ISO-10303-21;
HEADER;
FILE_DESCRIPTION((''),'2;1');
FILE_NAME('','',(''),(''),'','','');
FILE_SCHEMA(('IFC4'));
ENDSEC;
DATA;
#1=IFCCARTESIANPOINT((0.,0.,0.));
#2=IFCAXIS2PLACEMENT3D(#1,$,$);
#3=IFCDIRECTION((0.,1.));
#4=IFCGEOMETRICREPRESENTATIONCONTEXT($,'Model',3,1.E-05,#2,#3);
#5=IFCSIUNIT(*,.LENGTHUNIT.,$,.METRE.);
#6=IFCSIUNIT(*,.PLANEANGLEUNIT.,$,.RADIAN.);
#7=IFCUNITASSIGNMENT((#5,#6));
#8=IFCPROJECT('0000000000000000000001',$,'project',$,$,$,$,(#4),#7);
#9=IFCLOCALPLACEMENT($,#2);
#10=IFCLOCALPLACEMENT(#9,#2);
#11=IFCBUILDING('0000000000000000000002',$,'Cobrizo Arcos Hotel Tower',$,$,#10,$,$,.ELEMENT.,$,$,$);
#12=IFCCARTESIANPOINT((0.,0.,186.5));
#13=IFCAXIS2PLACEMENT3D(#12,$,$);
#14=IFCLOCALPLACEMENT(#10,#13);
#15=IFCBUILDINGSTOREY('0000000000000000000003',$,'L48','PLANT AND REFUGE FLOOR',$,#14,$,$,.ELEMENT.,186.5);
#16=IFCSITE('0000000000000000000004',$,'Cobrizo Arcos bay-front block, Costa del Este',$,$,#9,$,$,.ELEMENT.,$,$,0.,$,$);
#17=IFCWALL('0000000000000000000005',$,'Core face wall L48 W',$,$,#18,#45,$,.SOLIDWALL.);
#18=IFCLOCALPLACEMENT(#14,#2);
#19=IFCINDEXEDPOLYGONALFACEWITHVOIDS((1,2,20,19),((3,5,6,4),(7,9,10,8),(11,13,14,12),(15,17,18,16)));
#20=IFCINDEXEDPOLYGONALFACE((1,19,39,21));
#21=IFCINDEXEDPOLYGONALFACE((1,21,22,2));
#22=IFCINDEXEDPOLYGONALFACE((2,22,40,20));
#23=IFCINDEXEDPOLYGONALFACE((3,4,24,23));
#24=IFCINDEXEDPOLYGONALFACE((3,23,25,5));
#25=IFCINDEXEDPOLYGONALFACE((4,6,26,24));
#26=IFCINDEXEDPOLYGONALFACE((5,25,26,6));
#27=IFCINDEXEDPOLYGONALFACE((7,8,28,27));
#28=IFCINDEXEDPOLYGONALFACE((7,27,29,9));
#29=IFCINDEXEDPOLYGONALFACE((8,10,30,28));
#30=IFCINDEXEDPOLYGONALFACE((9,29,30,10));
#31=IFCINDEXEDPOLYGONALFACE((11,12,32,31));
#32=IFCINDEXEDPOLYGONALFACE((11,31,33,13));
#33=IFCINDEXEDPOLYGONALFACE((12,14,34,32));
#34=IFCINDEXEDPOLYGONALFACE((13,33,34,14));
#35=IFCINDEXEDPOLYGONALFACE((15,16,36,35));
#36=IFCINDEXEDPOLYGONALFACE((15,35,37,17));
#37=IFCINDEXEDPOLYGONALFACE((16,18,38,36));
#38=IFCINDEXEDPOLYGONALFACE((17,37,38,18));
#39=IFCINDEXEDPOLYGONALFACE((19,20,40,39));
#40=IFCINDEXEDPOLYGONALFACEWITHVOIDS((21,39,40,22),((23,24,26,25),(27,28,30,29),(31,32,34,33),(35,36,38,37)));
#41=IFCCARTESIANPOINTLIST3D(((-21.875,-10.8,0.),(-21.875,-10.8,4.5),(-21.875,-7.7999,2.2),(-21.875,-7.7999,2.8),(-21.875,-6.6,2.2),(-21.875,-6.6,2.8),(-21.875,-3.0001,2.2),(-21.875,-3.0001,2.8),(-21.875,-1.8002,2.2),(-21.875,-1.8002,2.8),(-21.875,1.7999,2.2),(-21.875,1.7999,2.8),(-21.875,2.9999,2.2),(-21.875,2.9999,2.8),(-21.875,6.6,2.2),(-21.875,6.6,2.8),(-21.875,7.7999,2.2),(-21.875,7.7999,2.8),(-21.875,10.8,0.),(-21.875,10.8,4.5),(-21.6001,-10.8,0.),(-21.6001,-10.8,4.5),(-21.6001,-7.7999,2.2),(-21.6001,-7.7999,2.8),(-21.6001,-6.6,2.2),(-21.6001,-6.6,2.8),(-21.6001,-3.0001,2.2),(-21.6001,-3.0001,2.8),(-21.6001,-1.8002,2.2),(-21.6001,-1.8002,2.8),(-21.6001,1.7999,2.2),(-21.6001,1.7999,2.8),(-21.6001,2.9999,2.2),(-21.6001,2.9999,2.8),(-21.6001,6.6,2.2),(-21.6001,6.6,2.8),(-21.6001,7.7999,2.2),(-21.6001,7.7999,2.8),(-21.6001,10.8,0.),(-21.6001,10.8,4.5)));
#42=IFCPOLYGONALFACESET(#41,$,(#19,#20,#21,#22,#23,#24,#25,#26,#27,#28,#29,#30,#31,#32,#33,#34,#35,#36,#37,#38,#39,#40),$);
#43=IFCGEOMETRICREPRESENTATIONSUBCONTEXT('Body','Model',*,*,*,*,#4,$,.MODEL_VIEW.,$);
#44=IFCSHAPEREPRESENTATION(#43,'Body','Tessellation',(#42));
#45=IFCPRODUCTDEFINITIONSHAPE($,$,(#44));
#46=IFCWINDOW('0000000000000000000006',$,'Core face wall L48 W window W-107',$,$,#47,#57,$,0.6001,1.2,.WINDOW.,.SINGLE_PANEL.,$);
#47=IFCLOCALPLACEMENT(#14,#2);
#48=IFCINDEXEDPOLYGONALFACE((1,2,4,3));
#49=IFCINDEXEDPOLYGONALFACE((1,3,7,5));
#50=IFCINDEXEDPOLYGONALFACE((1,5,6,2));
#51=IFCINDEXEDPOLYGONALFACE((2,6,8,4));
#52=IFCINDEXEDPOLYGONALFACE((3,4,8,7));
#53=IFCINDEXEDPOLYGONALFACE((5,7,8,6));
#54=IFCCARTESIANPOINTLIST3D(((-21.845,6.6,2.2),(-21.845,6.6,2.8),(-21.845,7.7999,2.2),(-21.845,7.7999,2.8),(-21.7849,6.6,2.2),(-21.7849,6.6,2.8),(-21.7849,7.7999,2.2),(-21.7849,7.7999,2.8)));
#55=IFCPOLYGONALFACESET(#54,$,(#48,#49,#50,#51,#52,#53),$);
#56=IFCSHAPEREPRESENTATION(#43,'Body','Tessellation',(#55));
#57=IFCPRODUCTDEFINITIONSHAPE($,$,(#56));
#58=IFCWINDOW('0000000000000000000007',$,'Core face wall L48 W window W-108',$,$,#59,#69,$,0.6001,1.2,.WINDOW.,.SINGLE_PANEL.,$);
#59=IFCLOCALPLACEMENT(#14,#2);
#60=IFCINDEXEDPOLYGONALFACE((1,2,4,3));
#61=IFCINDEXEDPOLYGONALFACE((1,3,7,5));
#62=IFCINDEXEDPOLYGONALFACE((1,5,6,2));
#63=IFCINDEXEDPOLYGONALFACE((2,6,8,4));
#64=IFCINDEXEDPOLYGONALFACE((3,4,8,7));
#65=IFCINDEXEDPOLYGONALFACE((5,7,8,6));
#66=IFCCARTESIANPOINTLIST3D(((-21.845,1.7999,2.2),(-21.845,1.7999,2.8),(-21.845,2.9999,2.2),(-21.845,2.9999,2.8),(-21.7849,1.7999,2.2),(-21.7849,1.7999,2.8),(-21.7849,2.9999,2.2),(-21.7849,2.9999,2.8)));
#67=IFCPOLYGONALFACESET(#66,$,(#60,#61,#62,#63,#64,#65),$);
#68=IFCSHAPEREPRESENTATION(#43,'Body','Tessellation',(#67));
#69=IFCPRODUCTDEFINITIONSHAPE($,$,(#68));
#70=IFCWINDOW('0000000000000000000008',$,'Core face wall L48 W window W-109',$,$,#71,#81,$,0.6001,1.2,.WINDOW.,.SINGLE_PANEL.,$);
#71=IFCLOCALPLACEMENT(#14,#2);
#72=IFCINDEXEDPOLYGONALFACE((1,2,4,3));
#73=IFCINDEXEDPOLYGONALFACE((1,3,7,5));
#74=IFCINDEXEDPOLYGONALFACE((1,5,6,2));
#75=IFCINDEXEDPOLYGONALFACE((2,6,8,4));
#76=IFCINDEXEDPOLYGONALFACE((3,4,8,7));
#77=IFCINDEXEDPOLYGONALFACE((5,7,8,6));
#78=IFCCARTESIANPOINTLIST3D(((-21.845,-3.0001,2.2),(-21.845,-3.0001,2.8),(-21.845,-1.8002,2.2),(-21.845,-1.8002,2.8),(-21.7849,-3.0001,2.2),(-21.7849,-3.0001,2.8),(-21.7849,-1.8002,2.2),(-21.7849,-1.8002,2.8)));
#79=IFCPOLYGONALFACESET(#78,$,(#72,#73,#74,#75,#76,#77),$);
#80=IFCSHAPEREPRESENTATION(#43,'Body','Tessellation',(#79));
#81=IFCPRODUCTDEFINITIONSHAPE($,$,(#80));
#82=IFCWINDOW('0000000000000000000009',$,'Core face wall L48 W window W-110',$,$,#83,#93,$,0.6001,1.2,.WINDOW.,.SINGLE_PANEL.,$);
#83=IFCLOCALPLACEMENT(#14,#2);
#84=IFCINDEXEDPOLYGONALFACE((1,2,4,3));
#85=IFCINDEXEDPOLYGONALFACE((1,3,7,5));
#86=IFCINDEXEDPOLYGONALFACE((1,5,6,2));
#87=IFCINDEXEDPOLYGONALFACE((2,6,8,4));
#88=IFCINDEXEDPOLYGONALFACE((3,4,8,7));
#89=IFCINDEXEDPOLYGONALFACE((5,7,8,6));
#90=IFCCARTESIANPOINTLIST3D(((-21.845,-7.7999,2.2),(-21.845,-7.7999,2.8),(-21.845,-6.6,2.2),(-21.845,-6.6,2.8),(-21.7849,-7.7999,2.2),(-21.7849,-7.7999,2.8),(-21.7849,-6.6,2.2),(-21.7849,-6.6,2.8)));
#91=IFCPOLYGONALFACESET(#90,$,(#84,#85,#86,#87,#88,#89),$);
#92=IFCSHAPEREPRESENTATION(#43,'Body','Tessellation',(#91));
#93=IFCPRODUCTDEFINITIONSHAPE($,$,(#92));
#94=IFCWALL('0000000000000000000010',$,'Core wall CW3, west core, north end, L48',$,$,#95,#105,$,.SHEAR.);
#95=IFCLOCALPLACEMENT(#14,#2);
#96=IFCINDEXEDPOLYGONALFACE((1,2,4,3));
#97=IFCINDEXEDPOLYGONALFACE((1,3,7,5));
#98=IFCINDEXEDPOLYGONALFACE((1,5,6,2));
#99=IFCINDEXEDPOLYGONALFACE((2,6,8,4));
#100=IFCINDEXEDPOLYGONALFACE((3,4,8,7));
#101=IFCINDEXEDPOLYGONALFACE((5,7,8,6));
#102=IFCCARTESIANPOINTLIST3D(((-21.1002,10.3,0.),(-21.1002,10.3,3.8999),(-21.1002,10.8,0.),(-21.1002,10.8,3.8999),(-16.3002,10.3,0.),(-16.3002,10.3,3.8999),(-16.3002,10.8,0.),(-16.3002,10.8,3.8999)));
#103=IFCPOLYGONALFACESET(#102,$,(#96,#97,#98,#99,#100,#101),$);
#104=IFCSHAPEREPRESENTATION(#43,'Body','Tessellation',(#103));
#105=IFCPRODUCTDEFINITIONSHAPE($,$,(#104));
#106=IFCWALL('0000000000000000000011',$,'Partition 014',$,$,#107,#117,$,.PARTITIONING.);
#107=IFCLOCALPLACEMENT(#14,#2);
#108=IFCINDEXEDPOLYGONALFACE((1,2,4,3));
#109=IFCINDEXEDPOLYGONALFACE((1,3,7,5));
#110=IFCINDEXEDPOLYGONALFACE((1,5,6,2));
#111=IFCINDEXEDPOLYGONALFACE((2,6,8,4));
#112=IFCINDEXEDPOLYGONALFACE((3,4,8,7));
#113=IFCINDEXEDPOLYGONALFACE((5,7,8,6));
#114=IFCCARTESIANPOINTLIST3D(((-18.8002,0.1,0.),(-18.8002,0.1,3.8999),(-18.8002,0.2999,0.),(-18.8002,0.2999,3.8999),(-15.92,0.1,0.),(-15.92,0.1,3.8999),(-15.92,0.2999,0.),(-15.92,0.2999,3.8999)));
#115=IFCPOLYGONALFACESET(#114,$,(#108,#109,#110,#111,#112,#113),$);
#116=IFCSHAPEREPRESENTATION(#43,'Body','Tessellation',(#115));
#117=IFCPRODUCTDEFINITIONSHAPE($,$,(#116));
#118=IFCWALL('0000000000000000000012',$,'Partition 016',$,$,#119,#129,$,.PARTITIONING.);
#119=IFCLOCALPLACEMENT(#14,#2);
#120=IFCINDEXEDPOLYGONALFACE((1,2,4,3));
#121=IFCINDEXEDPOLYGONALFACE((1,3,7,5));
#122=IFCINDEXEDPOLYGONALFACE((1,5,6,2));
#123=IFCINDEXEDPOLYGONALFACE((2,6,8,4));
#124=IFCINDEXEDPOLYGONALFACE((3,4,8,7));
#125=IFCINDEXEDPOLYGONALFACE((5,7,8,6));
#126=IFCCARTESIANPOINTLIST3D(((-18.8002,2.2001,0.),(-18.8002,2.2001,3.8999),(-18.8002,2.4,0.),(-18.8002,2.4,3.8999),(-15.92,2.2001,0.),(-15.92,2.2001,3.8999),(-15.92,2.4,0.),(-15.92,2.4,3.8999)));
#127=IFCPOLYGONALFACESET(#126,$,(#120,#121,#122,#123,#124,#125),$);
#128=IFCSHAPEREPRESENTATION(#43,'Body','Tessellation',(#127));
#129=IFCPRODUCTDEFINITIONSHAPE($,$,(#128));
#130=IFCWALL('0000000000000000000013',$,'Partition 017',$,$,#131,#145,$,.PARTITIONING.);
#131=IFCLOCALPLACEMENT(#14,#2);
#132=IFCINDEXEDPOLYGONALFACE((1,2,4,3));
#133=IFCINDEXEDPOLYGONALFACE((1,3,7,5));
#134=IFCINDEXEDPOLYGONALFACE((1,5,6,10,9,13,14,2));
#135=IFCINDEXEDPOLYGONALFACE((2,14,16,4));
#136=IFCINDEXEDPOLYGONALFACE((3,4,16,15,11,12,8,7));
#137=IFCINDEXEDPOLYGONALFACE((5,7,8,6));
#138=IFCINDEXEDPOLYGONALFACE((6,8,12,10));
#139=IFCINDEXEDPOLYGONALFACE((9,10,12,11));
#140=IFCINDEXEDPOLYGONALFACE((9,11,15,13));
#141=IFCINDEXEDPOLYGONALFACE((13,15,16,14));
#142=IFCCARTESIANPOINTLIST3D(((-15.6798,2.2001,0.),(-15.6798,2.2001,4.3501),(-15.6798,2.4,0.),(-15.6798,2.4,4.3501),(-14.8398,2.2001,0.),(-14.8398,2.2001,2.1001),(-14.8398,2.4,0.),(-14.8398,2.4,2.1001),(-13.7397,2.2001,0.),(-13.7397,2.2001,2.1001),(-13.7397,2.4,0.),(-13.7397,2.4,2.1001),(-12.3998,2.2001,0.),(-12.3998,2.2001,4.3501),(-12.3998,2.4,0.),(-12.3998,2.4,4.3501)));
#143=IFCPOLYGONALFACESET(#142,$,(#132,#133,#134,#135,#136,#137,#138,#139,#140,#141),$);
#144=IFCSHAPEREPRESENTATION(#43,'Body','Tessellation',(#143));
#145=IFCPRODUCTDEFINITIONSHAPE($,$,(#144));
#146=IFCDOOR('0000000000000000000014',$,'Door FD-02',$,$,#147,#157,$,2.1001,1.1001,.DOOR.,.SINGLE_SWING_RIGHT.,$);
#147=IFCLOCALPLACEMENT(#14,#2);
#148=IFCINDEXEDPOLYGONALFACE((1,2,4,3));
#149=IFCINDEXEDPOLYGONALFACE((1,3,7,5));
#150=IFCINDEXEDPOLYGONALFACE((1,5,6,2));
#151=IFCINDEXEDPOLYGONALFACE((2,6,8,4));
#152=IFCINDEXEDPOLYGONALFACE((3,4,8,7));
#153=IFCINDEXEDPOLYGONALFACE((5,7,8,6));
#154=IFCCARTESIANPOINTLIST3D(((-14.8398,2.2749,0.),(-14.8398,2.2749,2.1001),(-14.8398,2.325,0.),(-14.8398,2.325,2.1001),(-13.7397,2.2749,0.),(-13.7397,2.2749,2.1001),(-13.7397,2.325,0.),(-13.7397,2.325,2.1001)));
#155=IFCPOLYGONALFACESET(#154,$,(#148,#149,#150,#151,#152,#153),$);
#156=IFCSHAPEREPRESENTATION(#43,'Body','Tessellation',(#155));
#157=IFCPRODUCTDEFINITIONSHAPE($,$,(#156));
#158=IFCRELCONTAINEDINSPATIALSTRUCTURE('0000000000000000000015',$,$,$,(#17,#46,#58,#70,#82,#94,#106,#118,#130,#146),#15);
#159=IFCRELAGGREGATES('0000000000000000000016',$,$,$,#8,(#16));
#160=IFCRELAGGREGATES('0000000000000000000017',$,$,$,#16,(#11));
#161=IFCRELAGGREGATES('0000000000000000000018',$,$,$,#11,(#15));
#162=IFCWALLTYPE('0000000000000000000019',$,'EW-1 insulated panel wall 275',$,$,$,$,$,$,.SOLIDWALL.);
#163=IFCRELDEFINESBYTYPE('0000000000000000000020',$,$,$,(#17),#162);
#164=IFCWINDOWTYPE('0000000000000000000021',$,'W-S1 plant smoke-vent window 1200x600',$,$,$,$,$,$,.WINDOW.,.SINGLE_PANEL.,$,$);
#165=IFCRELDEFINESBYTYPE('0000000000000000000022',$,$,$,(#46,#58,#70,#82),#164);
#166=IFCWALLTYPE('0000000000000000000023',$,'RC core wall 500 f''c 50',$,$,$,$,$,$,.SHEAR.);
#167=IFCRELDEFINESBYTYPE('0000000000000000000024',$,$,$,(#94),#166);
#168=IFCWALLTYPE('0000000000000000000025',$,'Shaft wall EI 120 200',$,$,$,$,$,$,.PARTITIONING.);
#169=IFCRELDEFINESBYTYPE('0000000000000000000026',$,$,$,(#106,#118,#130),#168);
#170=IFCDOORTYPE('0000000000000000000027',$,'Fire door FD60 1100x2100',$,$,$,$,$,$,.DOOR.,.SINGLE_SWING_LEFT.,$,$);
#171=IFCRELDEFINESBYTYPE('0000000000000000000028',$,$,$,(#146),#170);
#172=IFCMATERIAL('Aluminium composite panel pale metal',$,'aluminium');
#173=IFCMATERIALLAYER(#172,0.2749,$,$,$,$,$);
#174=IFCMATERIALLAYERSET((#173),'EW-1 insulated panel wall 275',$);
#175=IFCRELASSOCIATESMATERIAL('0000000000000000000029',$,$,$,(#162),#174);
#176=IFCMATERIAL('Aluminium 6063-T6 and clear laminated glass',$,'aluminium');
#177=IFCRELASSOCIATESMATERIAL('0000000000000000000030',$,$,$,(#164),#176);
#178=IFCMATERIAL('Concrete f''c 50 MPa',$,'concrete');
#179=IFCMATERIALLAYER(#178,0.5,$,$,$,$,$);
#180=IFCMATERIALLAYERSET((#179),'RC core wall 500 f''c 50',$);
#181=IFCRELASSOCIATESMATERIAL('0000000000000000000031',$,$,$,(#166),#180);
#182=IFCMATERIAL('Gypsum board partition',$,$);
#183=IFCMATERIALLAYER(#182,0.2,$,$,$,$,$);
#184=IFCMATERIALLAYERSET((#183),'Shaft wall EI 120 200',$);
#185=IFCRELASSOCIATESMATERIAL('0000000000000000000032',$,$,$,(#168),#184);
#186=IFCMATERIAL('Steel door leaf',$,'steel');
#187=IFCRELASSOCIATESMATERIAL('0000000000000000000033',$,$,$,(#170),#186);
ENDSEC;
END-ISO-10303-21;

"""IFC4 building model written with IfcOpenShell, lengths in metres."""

from ifc_helpers import new_model, si_unit, direction, frame, frame_2d, origin, place, context, subcontext, project, spatial, rectangle, extrude, material, layer, layer_set, type_object, element, fill, save


model = new_model("IFC4")

# Units and contexts
model_context = context("Model", 3, precision=1e-05, world=origin(), true_north=direction((0.0, 1.0)))
body_context = subcontext(model_context, "Body", "Model", "MODEL_VIEW")
ifc_project = project(units=[si_unit("LENGTHUNIT", "METRE"), si_unit("PLANEANGLEUNIT", "RADIAN")], contexts=[model_context])

# Site, building, storey
site_placement = place(None, origin())
site = spatial("IfcSite", under=ifc_project, at=site_placement, Name="Cobrizo Arcos bay-front block, Costa del Este", CompositionType="ELEMENT", RefElevation=0.0)
building_placement = place(site_placement, origin())
building = spatial("IfcBuilding", under=site, at=building_placement, Name="Cobrizo Arcos Hotel Tower", CompositionType="ELEMENT")
storey_placement = place(building_placement, frame((0.0, 0.0, 186.5)))
storey = spatial("IfcBuildingStorey", under=building, at=storey_placement, Name="L48", Description="PLANT AND REFUGE FLOOR", CompositionType="ELEMENT", Elevation=186.5)

# Wall, openings, windows
ifc_material_1 = material(Name="Aluminium composite panel pale metal", Category="aluminium")
ifc_layer_1 = layer(ifc_material_1, 0.2749)
ifc_layer_set_1 = layer_set([ifc_layer_1], Name="EW-1 insulated panel wall 275")
wall_type_1 = type_object("IfcWallType", Name="EW-1 insulated panel wall 275", PredefinedType="SOLIDWALL", material=ifc_layer_set_1)
wall_1_placement = place(storey_placement, frame((-21.7375, 10.8, 0.0), z_axis=(0.0, 0.0, 1.0), x_axis=(0.0, -1.0, 0.0)))
wall_1 = element("IfcWall", 1, at=wall_1_placement, inside=storey, type_object=wall_type_1, Name="Core face wall L48 W", PredefinedType="SOLIDWALL", context=body_context, shape_type="SweptSolid", body=[
    extrude(rectangle(XDim=21.6001, YDim=0.2749, at=frame_2d((10.8, 0.0))), origin(), (0.0, 0.0, 1.0), 4.5),
])
opening_1_placement = place(wall_1_placement, frame((3.0, 0.0, 2.2)))
opening_1 = element("IfcOpeningElement", 2, at=opening_1_placement, cuts=wall_1, PredefinedType="OPENING", context=body_context, shape_type="SweptSolid", body=[
    extrude(rectangle(XDim=1.2, YDim=0.6001, at=frame_2d((0.6001, 0.3))), frame((0.0, 0.1494, 0.0), z_axis=(0.0, -1.0, 0.0), x_axis=(1.0, 0.0, 0.0)), (0.0, 0.0, 1.0), 0.2988),
])
opening_2_placement = place(wall_1_placement, frame((7.8, 0.0, 2.2)))
opening_2 = element("IfcOpeningElement", 3, at=opening_2_placement, cuts=wall_1, PredefinedType="OPENING", context=body_context, shape_type="SweptSolid", body=[
    extrude(rectangle(XDim=1.2, YDim=0.6001, at=frame_2d((0.6001, 0.3))), frame((0.0, 0.1494, 0.0), z_axis=(0.0, -1.0, 0.0), x_axis=(1.0, 0.0, 0.0)), (0.0, 0.0, 1.0), 0.2988),
])
opening_3_placement = place(wall_1_placement, frame((12.6001, 0.0, 2.2)))
opening_3 = element("IfcOpeningElement", 4, at=opening_3_placement, cuts=wall_1, PredefinedType="OPENING", context=body_context, shape_type="SweptSolid", body=[
    extrude(rectangle(XDim=1.2, YDim=0.6001, at=frame_2d((0.6001, 0.3))), frame((0.0, 0.1494, 0.0), z_axis=(0.0, -1.0, 0.0), x_axis=(1.0, 0.0, 0.0)), (0.0, 0.0, 1.0), 0.2988),
])
opening_4_placement = place(wall_1_placement, frame((17.3999, 0.0, 2.2)))
opening_4 = element("IfcOpeningElement", 5, at=opening_4_placement, cuts=wall_1, PredefinedType="OPENING", context=body_context, shape_type="SweptSolid", body=[
    extrude(rectangle(XDim=1.2, YDim=0.6001, at=frame_2d((0.6001, 0.3))), frame((0.0, 0.1494, 0.0), z_axis=(0.0, -1.0, 0.0), x_axis=(1.0, 0.0, 0.0)), (0.0, 0.0, 1.0), 0.2988),
])
ifc_material_2 = material(Name="Aluminium 6063-T6 and clear laminated glass", Category="aluminium")
window_type = type_object("IfcWindowType", Name="W-S1 plant smoke-vent window 1200x600", PartitioningType="SINGLE_PANEL", PredefinedType="WINDOW", material=ifc_material_2)
window_1_placement = place(opening_1_placement, origin())
window_1 = element("IfcWindow", 6, at=window_1_placement, inside=storey, type_object=window_type, Name="Core face wall L48 W window W-107", OverallHeight=0.6001, OverallWidth=1.2, PartitioningType="SINGLE_PANEL", PredefinedType="WINDOW", context=body_context, shape_type="SweptSolid", body=[
    extrude(rectangle(XDim=1.2, YDim=0.6001, at=frame_2d((0.6001, 0.3))), frame((0.0, -0.0474, 0.0), z_axis=(0.0, -1.0, 0.0), x_axis=(1.0, 0.0, 0.0)), (0.0, 0.0, 1.0), 0.0601),
])
fill(opening_1, window_1)
window_2_placement = place(opening_2_placement, origin())
window_2 = element("IfcWindow", 7, at=window_2_placement, inside=storey, type_object=window_type, Name="Core face wall L48 W window W-108", OverallHeight=0.6001, OverallWidth=1.2, PartitioningType="SINGLE_PANEL", PredefinedType="WINDOW", context=body_context, shape_type="SweptSolid", body=[
    extrude(rectangle(XDim=1.2, YDim=0.6001, at=frame_2d((0.6001, 0.3))), frame((0.0, -0.0474, 0.0), z_axis=(0.0, -1.0, 0.0), x_axis=(1.0, 0.0, 0.0)), (0.0, 0.0, 1.0), 0.0601),
])
fill(opening_2, window_2)
window_3_placement = place(opening_3_placement, origin())
window_3 = element("IfcWindow", 8, at=window_3_placement, inside=storey, type_object=window_type, Name="Core face wall L48 W window W-109", OverallHeight=0.6001, OverallWidth=1.2, PartitioningType="SINGLE_PANEL", PredefinedType="WINDOW", context=body_context, shape_type="SweptSolid", body=[
    extrude(rectangle(XDim=1.2, YDim=0.6001, at=frame_2d((0.6001, 0.3))), frame((0.0, -0.0474, 0.0), z_axis=(0.0, -1.0, 0.0), x_axis=(1.0, 0.0, 0.0)), (0.0, 0.0, 1.0), 0.0601),
])
fill(opening_3, window_3)
window_4_placement = place(opening_4_placement, origin())
window_4 = element("IfcWindow", 9, at=window_4_placement, inside=storey, type_object=window_type, Name="Core face wall L48 W window W-110", OverallHeight=0.6001, OverallWidth=1.2, PartitioningType="SINGLE_PANEL", PredefinedType="WINDOW", context=body_context, shape_type="SweptSolid", body=[
    extrude(rectangle(XDim=1.2, YDim=0.6001, at=frame_2d((0.6001, 0.3))), frame((0.0, -0.0474, 0.0), z_axis=(0.0, -1.0, 0.0), x_axis=(1.0, 0.0, 0.0)), (0.0, 0.0, 1.0), 0.0601),
])
fill(opening_4, window_4)

# Walls
ifc_material_3 = material(Name="Concrete f'c 50 MPa", Category="concrete")
ifc_layer_2 = layer(ifc_material_3, 0.5)
ifc_layer_set_2 = layer_set([ifc_layer_2], Name="RC core wall 500 f'c 50")
wall_type_2 = type_object("IfcWallType", Name="RC core wall 500 f'c 50", PredefinedType="SHEAR", material=ifc_layer_set_2)
wall_2_placement = place(storey_placement, frame((-21.1001, 10.55, 0.0), z_axis=(0.0, 0.0, 1.0), x_axis=(1.0, 0.0, 0.0)))
element("IfcWall", 10, at=wall_2_placement, inside=storey, type_object=wall_type_2, Name="Core wall CW3, west core, north end, L48", PredefinedType="SHEAR", context=body_context, shape_type="SweptSolid", body=[
    extrude(rectangle(XDim=4.8, YDim=0.5, at=frame_2d((2.3999, 0.0))), origin(), (0.0, 0.0, 1.0), 3.8999),
])
ifc_material_4 = material(Name="Gypsum board partition")
ifc_layer_3 = layer(ifc_material_4, 0.2)
ifc_layer_set_3 = layer_set([ifc_layer_3], Name="Shaft wall EI 120 200")
wall_type_3 = type_object("IfcWallType", Name="Shaft wall EI 120 200", PredefinedType="PARTITIONING", material=ifc_layer_set_3)
for number, where, z_axis, x_axis, name in (
    (11, (-18.8, 0.2, 0.0), (0.0, 0.0, 1.0), (1.0, 0.0, 0.0), "Partition 014"),
    (12, (-18.8, 2.3, 0.0), (0.0, 0.0, 1.0), (1.0, 0.0, 0.0), "Partition 016"),
):
    element("IfcWall", number, at=place(storey_placement, frame(where, z_axis=z_axis, x_axis=x_axis)), inside=storey, type_object=wall_type_3, Name=name, PredefinedType="PARTITIONING", context=body_context, shape_type="SweptSolid", body=[
        extrude(rectangle(XDim=2.8801, YDim=0.2, at=frame_2d((1.4399, 0.0))), origin(), (0.0, 0.0, 1.0), 3.8999),
    ])

# Wall, opening, door
wall_3_placement = place(storey_placement, frame((-15.6799, 2.3, 0.0), z_axis=(0.0, 0.0, 1.0), x_axis=(1.0, 0.0, 0.0)))
wall_3 = element("IfcWall", 13, at=wall_3_placement, inside=storey, type_object=wall_type_3, Name="Partition 017", PredefinedType="PARTITIONING", context=body_context, shape_type="SweptSolid", body=[
    extrude(rectangle(XDim=3.28, YDim=0.2, at=frame_2d((1.6401, 0.0))), origin(), (0.0, 0.0, 1.0), 4.3501),
])
opening_5_placement = place(wall_3_placement, frame((0.8401, 0.0, 0.0)))
opening_5 = element("IfcOpeningElement", 14, at=opening_5_placement, cuts=wall_3, PredefinedType="OPENING", context=body_context, shape_type="SweptSolid", body=[
    extrude(rectangle(XDim=1.1001, YDim=2.1001, at=frame_2d((0.55, 1.05))), frame((0.0, 0.1121, 0.0), z_axis=(0.0, -1.0, 0.0), x_axis=(1.0, 0.0, 0.0)), (0.0, 0.0, 1.0), 0.2239),
])
ifc_material_5 = material(Name="Steel door leaf", Category="steel")
door_type_1 = type_object("IfcDoorType", Name="Fire door FD60 1100x2100", OperationType="SINGLE_SWING_LEFT", PredefinedType="DOOR", material=ifc_material_5)
door_1_placement = place(opening_5_placement, origin())
door_1 = element("IfcDoor", 15, at=door_1_placement, inside=storey, type_object=door_type_1, Name="Door FD-02", OperationType="SINGLE_SWING_RIGHT", OverallHeight=2.1001, OverallWidth=1.1001, PredefinedType="DOOR", context=body_context, shape_type="SweptSolid", body=[
    extrude(rectangle(XDim=1.1001, YDim=2.1001, at=frame_2d((0.55, 1.05))), frame((0.0, 0.0249, 0.0), z_axis=(0.0, -1.0, 0.0), x_axis=(1.0, 0.0, 0.0)), (0.0, 0.0, 1.0), 0.05),
])
fill(opening_5, door_1)

save(model, "model.ifc")
